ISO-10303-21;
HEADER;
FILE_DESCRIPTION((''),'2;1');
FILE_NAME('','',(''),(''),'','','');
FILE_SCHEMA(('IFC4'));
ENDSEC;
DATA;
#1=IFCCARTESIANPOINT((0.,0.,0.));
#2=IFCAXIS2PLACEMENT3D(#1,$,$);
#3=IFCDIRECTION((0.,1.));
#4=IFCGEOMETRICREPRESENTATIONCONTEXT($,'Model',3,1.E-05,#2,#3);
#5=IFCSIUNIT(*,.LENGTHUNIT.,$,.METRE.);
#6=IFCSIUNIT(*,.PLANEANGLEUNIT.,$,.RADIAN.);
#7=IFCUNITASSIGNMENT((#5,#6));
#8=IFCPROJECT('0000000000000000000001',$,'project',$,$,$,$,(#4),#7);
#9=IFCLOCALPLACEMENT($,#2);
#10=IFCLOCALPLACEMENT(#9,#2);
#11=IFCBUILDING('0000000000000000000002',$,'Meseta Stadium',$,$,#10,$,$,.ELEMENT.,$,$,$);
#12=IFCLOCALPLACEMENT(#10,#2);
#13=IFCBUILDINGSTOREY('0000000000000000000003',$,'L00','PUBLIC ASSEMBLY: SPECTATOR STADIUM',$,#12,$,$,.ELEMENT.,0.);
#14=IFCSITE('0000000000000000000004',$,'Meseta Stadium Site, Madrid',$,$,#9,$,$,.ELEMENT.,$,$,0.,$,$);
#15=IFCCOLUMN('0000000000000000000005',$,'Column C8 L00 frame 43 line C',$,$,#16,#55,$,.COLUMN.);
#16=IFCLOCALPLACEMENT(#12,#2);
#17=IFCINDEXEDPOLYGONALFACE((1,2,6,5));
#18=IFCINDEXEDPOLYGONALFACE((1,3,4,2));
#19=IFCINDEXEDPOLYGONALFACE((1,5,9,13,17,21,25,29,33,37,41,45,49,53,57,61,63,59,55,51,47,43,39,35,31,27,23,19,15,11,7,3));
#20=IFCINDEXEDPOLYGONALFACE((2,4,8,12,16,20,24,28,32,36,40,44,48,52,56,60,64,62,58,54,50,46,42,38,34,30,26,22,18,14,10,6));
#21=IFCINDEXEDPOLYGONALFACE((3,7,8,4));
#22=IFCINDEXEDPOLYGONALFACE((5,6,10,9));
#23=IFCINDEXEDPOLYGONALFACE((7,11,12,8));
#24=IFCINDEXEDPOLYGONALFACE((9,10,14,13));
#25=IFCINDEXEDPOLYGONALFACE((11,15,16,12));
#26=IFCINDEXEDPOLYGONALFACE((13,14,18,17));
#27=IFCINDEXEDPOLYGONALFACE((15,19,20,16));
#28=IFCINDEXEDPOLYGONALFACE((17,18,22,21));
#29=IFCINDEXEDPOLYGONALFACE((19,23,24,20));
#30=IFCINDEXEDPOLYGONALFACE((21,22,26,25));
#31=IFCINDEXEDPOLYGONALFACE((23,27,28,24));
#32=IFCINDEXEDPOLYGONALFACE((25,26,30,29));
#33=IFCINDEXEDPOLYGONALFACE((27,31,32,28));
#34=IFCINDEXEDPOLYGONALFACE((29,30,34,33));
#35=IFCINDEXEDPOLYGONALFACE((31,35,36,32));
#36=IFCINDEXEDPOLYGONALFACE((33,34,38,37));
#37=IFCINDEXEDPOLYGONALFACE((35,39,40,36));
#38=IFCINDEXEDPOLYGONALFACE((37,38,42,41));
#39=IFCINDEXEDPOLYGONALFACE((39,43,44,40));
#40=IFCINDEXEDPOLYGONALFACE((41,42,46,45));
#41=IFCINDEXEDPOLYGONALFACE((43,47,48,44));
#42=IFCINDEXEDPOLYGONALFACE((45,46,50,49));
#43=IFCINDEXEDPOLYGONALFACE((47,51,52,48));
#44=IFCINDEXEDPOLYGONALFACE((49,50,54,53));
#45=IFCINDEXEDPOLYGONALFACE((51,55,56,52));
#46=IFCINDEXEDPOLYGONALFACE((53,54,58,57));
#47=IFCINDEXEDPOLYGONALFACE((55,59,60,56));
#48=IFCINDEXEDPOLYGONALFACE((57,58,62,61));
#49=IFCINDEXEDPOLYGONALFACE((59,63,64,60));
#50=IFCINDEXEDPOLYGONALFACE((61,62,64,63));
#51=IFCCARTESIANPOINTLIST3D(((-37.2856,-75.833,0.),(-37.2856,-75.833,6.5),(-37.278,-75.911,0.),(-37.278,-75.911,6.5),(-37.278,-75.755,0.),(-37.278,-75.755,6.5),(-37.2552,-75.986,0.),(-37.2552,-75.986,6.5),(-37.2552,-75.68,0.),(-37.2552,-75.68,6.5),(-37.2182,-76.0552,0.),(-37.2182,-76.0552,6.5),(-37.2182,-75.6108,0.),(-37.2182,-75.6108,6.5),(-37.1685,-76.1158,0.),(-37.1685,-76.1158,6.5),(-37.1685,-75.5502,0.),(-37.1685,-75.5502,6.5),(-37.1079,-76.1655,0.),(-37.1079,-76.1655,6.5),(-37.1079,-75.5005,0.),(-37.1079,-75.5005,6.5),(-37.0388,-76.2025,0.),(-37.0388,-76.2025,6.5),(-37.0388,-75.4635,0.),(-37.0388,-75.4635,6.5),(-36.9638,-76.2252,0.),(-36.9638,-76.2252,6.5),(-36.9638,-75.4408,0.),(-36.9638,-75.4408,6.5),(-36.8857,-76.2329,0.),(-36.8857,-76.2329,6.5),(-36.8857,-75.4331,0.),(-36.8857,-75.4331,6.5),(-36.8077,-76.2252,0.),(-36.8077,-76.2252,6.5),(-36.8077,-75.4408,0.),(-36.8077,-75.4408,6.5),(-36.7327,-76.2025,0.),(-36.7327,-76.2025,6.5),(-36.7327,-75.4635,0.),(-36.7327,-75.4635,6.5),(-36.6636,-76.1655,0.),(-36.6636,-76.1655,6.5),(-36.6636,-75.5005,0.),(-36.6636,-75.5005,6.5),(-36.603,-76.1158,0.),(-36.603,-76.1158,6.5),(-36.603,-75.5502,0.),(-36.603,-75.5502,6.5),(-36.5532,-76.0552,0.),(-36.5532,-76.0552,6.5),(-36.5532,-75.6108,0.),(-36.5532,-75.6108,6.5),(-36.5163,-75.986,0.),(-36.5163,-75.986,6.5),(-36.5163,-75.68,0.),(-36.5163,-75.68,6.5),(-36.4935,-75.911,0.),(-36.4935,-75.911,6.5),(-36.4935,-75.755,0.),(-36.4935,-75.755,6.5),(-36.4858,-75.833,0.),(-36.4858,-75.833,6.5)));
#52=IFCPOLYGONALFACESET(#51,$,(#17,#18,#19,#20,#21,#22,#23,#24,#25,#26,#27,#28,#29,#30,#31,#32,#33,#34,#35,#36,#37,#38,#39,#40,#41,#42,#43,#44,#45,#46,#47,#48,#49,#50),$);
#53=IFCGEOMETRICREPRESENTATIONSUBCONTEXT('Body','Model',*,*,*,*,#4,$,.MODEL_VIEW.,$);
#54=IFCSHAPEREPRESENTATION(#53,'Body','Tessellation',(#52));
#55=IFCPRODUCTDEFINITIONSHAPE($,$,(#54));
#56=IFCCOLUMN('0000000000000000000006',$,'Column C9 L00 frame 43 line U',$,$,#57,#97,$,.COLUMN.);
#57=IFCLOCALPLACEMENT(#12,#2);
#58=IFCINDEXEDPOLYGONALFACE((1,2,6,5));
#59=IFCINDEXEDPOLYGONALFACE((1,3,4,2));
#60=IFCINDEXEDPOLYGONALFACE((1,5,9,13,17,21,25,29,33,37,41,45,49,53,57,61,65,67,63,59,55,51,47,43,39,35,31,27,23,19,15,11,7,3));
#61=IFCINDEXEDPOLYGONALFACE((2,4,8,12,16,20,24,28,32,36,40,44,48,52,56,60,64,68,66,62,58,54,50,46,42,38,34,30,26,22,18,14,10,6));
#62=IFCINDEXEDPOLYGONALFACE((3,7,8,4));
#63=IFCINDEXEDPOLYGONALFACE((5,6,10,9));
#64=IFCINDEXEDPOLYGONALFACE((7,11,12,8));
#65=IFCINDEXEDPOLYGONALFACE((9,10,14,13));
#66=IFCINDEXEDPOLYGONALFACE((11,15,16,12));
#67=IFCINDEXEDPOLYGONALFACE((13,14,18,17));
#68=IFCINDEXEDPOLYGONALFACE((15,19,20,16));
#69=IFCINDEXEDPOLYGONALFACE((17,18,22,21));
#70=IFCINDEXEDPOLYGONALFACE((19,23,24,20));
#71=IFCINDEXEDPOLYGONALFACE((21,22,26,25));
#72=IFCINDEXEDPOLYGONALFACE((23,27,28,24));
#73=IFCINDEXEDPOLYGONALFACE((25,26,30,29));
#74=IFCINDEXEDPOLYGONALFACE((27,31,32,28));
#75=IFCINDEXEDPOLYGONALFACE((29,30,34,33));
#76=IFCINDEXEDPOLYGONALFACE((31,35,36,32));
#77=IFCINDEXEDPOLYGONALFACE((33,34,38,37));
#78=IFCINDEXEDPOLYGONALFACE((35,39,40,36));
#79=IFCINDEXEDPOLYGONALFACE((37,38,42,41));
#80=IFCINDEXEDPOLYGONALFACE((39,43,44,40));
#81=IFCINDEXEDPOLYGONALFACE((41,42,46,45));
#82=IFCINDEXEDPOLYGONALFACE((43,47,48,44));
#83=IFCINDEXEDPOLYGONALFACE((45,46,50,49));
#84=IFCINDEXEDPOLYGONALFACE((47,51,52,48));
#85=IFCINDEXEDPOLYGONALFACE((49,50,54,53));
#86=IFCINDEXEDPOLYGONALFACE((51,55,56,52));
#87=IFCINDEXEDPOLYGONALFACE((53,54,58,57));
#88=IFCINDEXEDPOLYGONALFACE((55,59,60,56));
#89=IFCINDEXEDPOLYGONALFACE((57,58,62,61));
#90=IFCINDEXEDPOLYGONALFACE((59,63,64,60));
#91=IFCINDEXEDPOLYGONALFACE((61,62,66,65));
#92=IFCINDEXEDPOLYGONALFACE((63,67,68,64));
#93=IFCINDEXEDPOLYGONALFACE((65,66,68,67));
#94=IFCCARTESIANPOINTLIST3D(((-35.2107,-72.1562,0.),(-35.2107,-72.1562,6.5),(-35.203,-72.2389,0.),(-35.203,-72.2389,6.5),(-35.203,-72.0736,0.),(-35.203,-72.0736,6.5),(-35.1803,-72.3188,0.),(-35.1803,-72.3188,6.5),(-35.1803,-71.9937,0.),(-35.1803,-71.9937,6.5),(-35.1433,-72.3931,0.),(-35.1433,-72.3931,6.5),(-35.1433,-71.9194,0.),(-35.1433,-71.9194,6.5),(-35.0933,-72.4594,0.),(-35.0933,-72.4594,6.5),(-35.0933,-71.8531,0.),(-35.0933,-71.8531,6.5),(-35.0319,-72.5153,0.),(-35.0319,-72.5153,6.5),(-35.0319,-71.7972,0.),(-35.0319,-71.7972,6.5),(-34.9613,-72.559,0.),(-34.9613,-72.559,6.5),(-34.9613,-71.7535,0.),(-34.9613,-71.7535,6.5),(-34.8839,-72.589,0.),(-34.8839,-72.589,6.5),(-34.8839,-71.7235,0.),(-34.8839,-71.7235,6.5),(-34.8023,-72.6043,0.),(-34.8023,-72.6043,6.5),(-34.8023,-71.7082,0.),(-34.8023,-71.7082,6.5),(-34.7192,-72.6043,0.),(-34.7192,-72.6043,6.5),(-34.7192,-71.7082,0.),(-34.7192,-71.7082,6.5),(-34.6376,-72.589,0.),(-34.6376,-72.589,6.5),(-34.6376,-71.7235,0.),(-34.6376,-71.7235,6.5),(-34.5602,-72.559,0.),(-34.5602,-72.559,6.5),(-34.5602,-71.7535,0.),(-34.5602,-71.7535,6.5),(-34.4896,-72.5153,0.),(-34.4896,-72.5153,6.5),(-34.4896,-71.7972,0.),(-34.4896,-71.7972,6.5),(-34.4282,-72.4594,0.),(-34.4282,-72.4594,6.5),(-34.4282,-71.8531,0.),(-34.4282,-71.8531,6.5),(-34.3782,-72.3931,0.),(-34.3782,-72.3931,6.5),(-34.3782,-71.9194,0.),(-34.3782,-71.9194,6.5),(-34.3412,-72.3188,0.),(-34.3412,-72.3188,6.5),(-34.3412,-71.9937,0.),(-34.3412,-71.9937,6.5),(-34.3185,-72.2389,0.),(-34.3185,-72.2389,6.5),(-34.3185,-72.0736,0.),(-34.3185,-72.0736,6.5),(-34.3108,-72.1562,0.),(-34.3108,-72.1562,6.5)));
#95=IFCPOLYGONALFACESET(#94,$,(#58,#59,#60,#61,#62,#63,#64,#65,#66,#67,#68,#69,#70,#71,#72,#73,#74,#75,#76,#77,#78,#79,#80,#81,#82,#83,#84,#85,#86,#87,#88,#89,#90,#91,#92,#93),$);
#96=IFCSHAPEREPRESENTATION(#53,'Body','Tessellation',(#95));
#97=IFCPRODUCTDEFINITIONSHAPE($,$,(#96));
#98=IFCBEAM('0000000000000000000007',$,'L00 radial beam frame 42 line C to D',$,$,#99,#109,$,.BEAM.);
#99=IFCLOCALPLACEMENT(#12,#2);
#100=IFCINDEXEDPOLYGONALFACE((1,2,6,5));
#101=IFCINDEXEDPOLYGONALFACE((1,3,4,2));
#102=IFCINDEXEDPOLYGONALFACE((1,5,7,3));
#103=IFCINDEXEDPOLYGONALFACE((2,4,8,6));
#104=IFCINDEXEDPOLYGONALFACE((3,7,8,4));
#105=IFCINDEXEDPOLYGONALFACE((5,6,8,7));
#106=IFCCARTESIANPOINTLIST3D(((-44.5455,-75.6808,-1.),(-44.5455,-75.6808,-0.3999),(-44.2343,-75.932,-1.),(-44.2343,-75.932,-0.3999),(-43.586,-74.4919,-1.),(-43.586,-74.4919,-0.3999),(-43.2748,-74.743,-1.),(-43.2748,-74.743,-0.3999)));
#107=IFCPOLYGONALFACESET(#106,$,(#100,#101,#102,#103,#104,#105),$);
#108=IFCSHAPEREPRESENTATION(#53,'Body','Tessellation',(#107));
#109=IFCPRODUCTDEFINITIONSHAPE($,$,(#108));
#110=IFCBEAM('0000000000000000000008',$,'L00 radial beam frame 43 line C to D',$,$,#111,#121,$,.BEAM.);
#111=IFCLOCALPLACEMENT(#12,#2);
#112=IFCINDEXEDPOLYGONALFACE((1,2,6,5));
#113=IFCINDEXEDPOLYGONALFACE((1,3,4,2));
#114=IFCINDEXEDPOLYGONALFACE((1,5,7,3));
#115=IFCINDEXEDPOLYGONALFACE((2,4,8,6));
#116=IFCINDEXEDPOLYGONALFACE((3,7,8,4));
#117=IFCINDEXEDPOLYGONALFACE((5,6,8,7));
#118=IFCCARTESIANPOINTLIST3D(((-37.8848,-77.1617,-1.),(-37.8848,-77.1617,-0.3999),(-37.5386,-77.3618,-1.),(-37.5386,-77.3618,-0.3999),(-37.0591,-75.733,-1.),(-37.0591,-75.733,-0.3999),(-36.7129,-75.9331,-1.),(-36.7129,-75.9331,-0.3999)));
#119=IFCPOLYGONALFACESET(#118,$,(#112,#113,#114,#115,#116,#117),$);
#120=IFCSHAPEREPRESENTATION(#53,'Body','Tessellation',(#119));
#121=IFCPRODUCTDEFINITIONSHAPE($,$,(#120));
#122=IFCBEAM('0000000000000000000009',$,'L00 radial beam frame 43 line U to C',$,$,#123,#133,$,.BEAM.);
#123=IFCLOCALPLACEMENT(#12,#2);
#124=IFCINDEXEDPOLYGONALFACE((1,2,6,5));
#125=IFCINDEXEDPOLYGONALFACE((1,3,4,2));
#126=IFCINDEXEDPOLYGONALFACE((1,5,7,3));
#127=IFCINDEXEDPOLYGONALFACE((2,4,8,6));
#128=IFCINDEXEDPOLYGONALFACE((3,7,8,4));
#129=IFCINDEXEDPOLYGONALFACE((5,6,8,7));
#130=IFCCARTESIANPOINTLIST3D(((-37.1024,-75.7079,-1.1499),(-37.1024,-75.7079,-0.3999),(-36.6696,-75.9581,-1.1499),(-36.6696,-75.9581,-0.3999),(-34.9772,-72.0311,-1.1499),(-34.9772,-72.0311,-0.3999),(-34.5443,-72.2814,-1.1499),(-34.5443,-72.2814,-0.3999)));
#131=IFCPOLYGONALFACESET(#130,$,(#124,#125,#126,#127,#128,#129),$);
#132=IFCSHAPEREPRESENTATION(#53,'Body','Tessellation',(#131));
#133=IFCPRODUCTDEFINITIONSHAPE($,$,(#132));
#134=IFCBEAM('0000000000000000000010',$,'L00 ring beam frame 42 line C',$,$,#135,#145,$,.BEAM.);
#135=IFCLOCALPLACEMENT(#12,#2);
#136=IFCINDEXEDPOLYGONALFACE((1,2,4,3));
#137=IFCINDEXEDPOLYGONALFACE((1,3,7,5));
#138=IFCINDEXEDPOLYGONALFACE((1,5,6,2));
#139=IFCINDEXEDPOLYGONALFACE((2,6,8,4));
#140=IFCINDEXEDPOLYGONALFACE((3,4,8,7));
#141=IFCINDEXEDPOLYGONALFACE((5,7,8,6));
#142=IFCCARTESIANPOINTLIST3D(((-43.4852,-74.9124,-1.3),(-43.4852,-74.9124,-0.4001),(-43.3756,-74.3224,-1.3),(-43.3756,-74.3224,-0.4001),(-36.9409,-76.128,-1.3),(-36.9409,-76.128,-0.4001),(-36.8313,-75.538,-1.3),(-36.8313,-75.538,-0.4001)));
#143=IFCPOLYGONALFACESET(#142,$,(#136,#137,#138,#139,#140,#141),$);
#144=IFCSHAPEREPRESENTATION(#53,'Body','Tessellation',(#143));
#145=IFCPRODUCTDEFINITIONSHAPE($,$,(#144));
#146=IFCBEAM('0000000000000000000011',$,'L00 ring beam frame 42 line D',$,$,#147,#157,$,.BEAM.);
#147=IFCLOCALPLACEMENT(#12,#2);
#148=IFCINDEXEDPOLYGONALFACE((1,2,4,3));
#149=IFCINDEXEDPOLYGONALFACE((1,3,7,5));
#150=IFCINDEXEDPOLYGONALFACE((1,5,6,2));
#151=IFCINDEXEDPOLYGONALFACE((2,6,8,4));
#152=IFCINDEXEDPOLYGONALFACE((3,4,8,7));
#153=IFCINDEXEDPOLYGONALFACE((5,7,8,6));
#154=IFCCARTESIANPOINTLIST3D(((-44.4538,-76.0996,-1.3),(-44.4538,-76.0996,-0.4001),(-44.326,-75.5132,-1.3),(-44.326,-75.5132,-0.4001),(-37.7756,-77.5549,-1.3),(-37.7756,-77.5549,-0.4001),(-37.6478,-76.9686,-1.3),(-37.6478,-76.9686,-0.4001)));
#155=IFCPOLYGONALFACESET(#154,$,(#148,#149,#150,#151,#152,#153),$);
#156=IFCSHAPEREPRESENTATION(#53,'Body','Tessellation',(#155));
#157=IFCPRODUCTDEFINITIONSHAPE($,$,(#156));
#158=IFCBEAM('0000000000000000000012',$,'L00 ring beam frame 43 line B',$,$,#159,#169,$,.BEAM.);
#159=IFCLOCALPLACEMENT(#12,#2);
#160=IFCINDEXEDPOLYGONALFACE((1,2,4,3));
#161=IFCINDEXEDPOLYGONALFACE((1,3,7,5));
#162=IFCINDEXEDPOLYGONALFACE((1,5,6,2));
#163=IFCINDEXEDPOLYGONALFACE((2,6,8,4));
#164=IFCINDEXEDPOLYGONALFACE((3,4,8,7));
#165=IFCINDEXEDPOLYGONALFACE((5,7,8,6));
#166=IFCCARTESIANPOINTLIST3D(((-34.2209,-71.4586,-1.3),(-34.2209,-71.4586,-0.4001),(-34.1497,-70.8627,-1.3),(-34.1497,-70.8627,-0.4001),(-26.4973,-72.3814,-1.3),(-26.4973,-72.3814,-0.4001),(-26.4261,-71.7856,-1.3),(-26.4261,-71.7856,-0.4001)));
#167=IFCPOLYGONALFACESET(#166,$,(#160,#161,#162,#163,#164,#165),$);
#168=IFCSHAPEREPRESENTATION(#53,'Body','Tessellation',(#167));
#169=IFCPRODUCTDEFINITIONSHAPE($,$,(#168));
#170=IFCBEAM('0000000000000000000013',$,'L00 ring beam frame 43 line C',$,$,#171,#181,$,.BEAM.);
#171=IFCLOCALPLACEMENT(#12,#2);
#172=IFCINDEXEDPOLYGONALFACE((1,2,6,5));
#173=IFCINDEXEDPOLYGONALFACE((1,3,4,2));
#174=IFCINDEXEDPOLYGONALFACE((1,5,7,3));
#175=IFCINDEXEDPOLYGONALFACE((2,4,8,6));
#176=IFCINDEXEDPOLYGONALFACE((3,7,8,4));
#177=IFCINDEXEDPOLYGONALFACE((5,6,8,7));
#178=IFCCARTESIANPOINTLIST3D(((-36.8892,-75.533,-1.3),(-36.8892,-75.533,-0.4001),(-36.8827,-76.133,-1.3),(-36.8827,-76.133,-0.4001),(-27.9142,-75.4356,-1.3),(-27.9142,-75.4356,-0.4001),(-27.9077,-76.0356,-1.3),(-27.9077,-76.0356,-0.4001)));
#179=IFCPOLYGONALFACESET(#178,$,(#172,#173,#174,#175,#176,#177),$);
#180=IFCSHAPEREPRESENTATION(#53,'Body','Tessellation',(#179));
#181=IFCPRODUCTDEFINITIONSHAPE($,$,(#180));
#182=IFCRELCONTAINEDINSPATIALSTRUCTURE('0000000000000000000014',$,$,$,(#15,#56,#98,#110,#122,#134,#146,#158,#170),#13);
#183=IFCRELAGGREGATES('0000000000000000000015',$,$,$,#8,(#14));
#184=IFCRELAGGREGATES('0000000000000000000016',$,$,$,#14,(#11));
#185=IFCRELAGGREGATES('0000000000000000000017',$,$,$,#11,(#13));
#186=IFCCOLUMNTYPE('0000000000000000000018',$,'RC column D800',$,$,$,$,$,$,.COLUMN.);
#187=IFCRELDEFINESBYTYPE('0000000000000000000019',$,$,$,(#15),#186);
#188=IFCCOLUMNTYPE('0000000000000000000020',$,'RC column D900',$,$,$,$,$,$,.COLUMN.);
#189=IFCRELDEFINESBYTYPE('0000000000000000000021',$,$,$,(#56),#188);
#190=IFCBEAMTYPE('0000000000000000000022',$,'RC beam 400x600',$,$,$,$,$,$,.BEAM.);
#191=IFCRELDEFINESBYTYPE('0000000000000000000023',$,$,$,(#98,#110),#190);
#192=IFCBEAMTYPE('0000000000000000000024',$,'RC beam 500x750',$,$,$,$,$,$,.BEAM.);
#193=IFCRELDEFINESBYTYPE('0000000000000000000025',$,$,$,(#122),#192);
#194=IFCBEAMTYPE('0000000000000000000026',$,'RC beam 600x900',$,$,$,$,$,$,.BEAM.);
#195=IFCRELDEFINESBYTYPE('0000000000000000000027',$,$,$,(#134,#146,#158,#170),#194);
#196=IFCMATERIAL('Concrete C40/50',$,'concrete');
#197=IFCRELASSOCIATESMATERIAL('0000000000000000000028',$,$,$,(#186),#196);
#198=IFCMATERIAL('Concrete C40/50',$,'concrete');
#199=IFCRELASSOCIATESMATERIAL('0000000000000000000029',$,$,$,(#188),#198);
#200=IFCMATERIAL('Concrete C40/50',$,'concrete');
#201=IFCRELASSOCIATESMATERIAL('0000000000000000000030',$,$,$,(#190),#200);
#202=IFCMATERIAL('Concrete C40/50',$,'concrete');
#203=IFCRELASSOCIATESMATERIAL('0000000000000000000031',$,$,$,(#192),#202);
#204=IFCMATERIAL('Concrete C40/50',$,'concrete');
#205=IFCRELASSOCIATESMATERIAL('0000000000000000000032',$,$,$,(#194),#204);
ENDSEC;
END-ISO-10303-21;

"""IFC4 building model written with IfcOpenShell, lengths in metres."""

from ifc_helpers import new_model, si_unit, direction, frame, origin, origin_2d, place, context, subcontext, project, spatial, rectangle, circle, extrude, material, material_profile, profile_set, type_object, element, save


model = new_model("IFC4")

# Units and contexts
model_context = context("Model", 3, precision=1e-05, world=origin(), true_north=direction((0.0, 1.0)))
body_context = subcontext(model_context, "Body", "Model", "MODEL_VIEW")
ifc_project = project(units=[si_unit("LENGTHUNIT", "METRE"), si_unit("PLANEANGLEUNIT", "RADIAN")], contexts=[model_context])

# Site, building, storey
site_placement = place(None, origin())
site = spatial("IfcSite", under=ifc_project, at=site_placement, Name="Meseta Stadium Site, Madrid", CompositionType="ELEMENT", RefElevation=0.0)
building_placement = place(site_placement, origin())
building = spatial("IfcBuilding", under=site, at=building_placement, Name="Meseta Stadium", CompositionType="ELEMENT")
storey_placement = place(building_placement, origin())
storey = spatial("IfcBuildingStorey", under=building, at=storey_placement, Name="L00", Description="PUBLIC ASSEMBLY: SPECTATOR STADIUM", CompositionType="ELEMENT", Elevation=0.0)

# Columns
ifc_material_1 = material(Name="Concrete C40/50", Category="concrete")
ifc_material_profile_1 = material_profile(ifc_material_1, circle(Radius=0.3999, at=origin_2d()), Name="RC D800")
ifc_profile_set_1 = profile_set([ifc_material_profile_1], Name="Concrete C40/50")
column_type_1 = type_object("IfcColumnType", Name="RC column D800", PredefinedType="COLUMN", material=ifc_profile_set_1)
column_1_placement = place(storey_placement, frame((-36.8857, -75.833, 0.0), z_axis=(0.0, 0.0, 1.0), x_axis=(1.0, 0.0, 0.0)))
element("IfcColumn", 1, at=column_1_placement, inside=storey, type_object=column_type_1, Name="Column C8 L00 frame 43 line C", PredefinedType="COLUMN", context=body_context, shape_type="SweptSolid", body=[
    extrude(circle(Radius=0.3999, at=origin_2d()), origin(), (0.0, 0.0, 1.0), 6.5),
])
ifc_material_2 = material(Name="Concrete C40/50", Category="concrete")
ifc_material_profile_2 = material_profile(ifc_material_2, circle(Radius=0.45, at=origin_2d()), Name="RC D900")
ifc_profile_set_2 = profile_set([ifc_material_profile_2], Name="Concrete C40/50")
column_type_2 = type_object("IfcColumnType", Name="RC column D900", PredefinedType="COLUMN", material=ifc_profile_set_2)
column_2_placement = place(storey_placement, frame((-34.7607, -72.1562, 0.0), z_axis=(0.0, 0.0, 1.0), x_axis=(1.0, 0.0, 0.0)))
element("IfcColumn", 2, at=column_2_placement, inside=storey, type_object=column_type_2, Name="Column C9 L00 frame 43 line U", PredefinedType="COLUMN", context=body_context, shape_type="SweptSolid", body=[
    extrude(circle(Radius=0.45, at=origin_2d()), origin(), (0.0, 0.0, 1.0), 6.5),
])

# Beams
ifc_material_3 = material(Name="Concrete C40/50", Category="concrete")
ifc_material_profile_3 = material_profile(ifc_material_3, rectangle(XDim=0.3999, YDim=0.6001, at=origin_2d()), Name="RC 400x600")
ifc_profile_set_3 = profile_set([ifc_material_profile_3], Name="Concrete C40/50")
beam_type_1 = type_object("IfcBeamType", Name="RC beam 400x600", PredefinedType="BEAM", material=ifc_profile_set_3)
beam_1_placement = place(storey_placement, frame((-43.4304, -74.6174, -0.7), z_axis=(-0.628002, -0.778211, 0.0), x_axis=(0.778211, -0.628002, 0.0)))
element("IfcBeam", 3, at=beam_1_placement, inside=storey, type_object=beam_type_1, Name="L00 radial beam frame 42 line C to D", PredefinedType="BEAM", context=body_context, shape_type="SweptSolid", body=[
    extrude(rectangle(XDim=0.3999, YDim=0.6001, at=origin_2d()), origin(), (0.0, 0.0, 1.0), 1.5278),
])
beam_2_placement = place(storey_placement, frame((-36.886, -75.833, -0.7), z_axis=(-0.500371, -0.865811, 0.0), x_axis=(0.865811, -0.500371, 0.0)))
element("IfcBeam", 4, at=beam_2_placement, inside=storey, type_object=beam_type_1, Name="L00 radial beam frame 43 line C to D", PredefinedType="BEAM", context=body_context, shape_type="SweptSolid", body=[
    extrude(rectangle(XDim=0.3999, YDim=0.6001, at=origin_2d()), origin(), (0.0, 0.0, 1.0), 1.6501),
])
ifc_material_4 = material(Name="Concrete C40/50", Category="concrete")
ifc_material_profile_4 = material_profile(ifc_material_4, rectangle(XDim=0.5, YDim=0.75, at=origin_2d()), Name="RC 500x750")
ifc_profile_set_4 = profile_set([ifc_material_profile_4], Name="Concrete C40/50")
beam_type_2 = type_object("IfcBeamType", Name="RC beam 500x750", PredefinedType="BEAM", material=ifc_profile_set_4)
beam_3_placement = place(storey_placement, frame((-34.7607, -72.1562, -0.7749), z_axis=(-0.500436, -0.865774, 0.0), x_axis=(0.865774, -0.500436, 0.0)))
element("IfcBeam", 5, at=beam_3_placement, inside=storey, type_object=beam_type_2, Name="L00 radial beam frame 43 line U to C", PredefinedType="BEAM", context=body_context, shape_type="SweptSolid", body=[
    extrude(rectangle(XDim=0.5, YDim=0.75, at=origin_2d()), origin(), (0.0, 0.0, 1.0), 4.2468),
])
ifc_material_5 = material(Name="Concrete C40/50", Category="concrete")
ifc_material_profile_5 = material_profile(ifc_material_5, rectangle(XDim=0.6001, YDim=0.8999, at=origin_2d()), Name="RC 600x900")
ifc_profile_set_5 = profile_set([ifc_material_profile_5], Name="Concrete C40/50")
beam_type_3 = type_object("IfcBeamType", Name="RC beam 600x900", PredefinedType="BEAM", material=ifc_profile_set_5)
beam_4_placement = place(storey_placement, frame((-43.4304, -74.6174, -0.8501), z_axis=(0.983184, -0.182619, 0.0), x_axis=(0.182619, 0.983184, 0.0)))
element("IfcBeam", 6, at=beam_4_placement, inside=storey, type_object=beam_type_3, Name="L00 ring beam frame 42 line C", PredefinedType="BEAM", context=body_context, shape_type="SweptSolid", body=[
    extrude(rectangle(XDim=0.6001, YDim=0.8999, at=origin_2d()), origin(), (0.0, 0.0, 1.0), 6.6562),
])
beam_5_placement = place(storey_placement, frame((-44.3899, -75.8064, -0.8501), z_axis=(0.977069, -0.212923, 0.0), x_axis=(0.212923, 0.977069, 0.0)))
element("IfcBeam", 7, at=beam_5_placement, inside=storey, type_object=beam_type_3, Name="L00 ring beam frame 42 line D", PredefinedType="BEAM", context=body_context, shape_type="SweptSolid", body=[
    extrude(rectangle(XDim=0.6001, YDim=0.8999, at=origin_2d()), origin(), (0.0, 0.0, 1.0), 6.835),
])
beam_6_placement = place(storey_placement, frame((-34.1853, -71.1606, -0.8501), z_axis=(0.992937, -0.11864, 0.0), x_axis=(0.11864, 0.992937, 0.0)))
element("IfcBeam", 8, at=beam_6_placement, inside=storey, type_object=beam_type_3, Name="L00 ring beam frame 43 line B", PredefinedType="BEAM", context=body_context, shape_type="SweptSolid", body=[
    extrude(rectangle(XDim=0.6001, YDim=0.8999, at=origin_2d()), origin(), (0.0, 0.0, 1.0), 7.7786),
])
beam_7_placement = place(storey_placement, frame((-36.886, -75.833, -0.8501), z_axis=(0.999941, 0.010853, 0.0), x_axis=(-0.010853, 0.999941, 0.0)))
element("IfcBeam", 9, at=beam_7_placement, inside=storey, type_object=beam_type_3, Name="L00 ring beam frame 43 line C", PredefinedType="BEAM", context=body_context, shape_type="SweptSolid", body=[
    extrude(rectangle(XDim=0.6001, YDim=0.8999, at=origin_2d()), origin(), (0.0, 0.0, 1.0), 8.9756),
])

save(model, "model.ifc")
